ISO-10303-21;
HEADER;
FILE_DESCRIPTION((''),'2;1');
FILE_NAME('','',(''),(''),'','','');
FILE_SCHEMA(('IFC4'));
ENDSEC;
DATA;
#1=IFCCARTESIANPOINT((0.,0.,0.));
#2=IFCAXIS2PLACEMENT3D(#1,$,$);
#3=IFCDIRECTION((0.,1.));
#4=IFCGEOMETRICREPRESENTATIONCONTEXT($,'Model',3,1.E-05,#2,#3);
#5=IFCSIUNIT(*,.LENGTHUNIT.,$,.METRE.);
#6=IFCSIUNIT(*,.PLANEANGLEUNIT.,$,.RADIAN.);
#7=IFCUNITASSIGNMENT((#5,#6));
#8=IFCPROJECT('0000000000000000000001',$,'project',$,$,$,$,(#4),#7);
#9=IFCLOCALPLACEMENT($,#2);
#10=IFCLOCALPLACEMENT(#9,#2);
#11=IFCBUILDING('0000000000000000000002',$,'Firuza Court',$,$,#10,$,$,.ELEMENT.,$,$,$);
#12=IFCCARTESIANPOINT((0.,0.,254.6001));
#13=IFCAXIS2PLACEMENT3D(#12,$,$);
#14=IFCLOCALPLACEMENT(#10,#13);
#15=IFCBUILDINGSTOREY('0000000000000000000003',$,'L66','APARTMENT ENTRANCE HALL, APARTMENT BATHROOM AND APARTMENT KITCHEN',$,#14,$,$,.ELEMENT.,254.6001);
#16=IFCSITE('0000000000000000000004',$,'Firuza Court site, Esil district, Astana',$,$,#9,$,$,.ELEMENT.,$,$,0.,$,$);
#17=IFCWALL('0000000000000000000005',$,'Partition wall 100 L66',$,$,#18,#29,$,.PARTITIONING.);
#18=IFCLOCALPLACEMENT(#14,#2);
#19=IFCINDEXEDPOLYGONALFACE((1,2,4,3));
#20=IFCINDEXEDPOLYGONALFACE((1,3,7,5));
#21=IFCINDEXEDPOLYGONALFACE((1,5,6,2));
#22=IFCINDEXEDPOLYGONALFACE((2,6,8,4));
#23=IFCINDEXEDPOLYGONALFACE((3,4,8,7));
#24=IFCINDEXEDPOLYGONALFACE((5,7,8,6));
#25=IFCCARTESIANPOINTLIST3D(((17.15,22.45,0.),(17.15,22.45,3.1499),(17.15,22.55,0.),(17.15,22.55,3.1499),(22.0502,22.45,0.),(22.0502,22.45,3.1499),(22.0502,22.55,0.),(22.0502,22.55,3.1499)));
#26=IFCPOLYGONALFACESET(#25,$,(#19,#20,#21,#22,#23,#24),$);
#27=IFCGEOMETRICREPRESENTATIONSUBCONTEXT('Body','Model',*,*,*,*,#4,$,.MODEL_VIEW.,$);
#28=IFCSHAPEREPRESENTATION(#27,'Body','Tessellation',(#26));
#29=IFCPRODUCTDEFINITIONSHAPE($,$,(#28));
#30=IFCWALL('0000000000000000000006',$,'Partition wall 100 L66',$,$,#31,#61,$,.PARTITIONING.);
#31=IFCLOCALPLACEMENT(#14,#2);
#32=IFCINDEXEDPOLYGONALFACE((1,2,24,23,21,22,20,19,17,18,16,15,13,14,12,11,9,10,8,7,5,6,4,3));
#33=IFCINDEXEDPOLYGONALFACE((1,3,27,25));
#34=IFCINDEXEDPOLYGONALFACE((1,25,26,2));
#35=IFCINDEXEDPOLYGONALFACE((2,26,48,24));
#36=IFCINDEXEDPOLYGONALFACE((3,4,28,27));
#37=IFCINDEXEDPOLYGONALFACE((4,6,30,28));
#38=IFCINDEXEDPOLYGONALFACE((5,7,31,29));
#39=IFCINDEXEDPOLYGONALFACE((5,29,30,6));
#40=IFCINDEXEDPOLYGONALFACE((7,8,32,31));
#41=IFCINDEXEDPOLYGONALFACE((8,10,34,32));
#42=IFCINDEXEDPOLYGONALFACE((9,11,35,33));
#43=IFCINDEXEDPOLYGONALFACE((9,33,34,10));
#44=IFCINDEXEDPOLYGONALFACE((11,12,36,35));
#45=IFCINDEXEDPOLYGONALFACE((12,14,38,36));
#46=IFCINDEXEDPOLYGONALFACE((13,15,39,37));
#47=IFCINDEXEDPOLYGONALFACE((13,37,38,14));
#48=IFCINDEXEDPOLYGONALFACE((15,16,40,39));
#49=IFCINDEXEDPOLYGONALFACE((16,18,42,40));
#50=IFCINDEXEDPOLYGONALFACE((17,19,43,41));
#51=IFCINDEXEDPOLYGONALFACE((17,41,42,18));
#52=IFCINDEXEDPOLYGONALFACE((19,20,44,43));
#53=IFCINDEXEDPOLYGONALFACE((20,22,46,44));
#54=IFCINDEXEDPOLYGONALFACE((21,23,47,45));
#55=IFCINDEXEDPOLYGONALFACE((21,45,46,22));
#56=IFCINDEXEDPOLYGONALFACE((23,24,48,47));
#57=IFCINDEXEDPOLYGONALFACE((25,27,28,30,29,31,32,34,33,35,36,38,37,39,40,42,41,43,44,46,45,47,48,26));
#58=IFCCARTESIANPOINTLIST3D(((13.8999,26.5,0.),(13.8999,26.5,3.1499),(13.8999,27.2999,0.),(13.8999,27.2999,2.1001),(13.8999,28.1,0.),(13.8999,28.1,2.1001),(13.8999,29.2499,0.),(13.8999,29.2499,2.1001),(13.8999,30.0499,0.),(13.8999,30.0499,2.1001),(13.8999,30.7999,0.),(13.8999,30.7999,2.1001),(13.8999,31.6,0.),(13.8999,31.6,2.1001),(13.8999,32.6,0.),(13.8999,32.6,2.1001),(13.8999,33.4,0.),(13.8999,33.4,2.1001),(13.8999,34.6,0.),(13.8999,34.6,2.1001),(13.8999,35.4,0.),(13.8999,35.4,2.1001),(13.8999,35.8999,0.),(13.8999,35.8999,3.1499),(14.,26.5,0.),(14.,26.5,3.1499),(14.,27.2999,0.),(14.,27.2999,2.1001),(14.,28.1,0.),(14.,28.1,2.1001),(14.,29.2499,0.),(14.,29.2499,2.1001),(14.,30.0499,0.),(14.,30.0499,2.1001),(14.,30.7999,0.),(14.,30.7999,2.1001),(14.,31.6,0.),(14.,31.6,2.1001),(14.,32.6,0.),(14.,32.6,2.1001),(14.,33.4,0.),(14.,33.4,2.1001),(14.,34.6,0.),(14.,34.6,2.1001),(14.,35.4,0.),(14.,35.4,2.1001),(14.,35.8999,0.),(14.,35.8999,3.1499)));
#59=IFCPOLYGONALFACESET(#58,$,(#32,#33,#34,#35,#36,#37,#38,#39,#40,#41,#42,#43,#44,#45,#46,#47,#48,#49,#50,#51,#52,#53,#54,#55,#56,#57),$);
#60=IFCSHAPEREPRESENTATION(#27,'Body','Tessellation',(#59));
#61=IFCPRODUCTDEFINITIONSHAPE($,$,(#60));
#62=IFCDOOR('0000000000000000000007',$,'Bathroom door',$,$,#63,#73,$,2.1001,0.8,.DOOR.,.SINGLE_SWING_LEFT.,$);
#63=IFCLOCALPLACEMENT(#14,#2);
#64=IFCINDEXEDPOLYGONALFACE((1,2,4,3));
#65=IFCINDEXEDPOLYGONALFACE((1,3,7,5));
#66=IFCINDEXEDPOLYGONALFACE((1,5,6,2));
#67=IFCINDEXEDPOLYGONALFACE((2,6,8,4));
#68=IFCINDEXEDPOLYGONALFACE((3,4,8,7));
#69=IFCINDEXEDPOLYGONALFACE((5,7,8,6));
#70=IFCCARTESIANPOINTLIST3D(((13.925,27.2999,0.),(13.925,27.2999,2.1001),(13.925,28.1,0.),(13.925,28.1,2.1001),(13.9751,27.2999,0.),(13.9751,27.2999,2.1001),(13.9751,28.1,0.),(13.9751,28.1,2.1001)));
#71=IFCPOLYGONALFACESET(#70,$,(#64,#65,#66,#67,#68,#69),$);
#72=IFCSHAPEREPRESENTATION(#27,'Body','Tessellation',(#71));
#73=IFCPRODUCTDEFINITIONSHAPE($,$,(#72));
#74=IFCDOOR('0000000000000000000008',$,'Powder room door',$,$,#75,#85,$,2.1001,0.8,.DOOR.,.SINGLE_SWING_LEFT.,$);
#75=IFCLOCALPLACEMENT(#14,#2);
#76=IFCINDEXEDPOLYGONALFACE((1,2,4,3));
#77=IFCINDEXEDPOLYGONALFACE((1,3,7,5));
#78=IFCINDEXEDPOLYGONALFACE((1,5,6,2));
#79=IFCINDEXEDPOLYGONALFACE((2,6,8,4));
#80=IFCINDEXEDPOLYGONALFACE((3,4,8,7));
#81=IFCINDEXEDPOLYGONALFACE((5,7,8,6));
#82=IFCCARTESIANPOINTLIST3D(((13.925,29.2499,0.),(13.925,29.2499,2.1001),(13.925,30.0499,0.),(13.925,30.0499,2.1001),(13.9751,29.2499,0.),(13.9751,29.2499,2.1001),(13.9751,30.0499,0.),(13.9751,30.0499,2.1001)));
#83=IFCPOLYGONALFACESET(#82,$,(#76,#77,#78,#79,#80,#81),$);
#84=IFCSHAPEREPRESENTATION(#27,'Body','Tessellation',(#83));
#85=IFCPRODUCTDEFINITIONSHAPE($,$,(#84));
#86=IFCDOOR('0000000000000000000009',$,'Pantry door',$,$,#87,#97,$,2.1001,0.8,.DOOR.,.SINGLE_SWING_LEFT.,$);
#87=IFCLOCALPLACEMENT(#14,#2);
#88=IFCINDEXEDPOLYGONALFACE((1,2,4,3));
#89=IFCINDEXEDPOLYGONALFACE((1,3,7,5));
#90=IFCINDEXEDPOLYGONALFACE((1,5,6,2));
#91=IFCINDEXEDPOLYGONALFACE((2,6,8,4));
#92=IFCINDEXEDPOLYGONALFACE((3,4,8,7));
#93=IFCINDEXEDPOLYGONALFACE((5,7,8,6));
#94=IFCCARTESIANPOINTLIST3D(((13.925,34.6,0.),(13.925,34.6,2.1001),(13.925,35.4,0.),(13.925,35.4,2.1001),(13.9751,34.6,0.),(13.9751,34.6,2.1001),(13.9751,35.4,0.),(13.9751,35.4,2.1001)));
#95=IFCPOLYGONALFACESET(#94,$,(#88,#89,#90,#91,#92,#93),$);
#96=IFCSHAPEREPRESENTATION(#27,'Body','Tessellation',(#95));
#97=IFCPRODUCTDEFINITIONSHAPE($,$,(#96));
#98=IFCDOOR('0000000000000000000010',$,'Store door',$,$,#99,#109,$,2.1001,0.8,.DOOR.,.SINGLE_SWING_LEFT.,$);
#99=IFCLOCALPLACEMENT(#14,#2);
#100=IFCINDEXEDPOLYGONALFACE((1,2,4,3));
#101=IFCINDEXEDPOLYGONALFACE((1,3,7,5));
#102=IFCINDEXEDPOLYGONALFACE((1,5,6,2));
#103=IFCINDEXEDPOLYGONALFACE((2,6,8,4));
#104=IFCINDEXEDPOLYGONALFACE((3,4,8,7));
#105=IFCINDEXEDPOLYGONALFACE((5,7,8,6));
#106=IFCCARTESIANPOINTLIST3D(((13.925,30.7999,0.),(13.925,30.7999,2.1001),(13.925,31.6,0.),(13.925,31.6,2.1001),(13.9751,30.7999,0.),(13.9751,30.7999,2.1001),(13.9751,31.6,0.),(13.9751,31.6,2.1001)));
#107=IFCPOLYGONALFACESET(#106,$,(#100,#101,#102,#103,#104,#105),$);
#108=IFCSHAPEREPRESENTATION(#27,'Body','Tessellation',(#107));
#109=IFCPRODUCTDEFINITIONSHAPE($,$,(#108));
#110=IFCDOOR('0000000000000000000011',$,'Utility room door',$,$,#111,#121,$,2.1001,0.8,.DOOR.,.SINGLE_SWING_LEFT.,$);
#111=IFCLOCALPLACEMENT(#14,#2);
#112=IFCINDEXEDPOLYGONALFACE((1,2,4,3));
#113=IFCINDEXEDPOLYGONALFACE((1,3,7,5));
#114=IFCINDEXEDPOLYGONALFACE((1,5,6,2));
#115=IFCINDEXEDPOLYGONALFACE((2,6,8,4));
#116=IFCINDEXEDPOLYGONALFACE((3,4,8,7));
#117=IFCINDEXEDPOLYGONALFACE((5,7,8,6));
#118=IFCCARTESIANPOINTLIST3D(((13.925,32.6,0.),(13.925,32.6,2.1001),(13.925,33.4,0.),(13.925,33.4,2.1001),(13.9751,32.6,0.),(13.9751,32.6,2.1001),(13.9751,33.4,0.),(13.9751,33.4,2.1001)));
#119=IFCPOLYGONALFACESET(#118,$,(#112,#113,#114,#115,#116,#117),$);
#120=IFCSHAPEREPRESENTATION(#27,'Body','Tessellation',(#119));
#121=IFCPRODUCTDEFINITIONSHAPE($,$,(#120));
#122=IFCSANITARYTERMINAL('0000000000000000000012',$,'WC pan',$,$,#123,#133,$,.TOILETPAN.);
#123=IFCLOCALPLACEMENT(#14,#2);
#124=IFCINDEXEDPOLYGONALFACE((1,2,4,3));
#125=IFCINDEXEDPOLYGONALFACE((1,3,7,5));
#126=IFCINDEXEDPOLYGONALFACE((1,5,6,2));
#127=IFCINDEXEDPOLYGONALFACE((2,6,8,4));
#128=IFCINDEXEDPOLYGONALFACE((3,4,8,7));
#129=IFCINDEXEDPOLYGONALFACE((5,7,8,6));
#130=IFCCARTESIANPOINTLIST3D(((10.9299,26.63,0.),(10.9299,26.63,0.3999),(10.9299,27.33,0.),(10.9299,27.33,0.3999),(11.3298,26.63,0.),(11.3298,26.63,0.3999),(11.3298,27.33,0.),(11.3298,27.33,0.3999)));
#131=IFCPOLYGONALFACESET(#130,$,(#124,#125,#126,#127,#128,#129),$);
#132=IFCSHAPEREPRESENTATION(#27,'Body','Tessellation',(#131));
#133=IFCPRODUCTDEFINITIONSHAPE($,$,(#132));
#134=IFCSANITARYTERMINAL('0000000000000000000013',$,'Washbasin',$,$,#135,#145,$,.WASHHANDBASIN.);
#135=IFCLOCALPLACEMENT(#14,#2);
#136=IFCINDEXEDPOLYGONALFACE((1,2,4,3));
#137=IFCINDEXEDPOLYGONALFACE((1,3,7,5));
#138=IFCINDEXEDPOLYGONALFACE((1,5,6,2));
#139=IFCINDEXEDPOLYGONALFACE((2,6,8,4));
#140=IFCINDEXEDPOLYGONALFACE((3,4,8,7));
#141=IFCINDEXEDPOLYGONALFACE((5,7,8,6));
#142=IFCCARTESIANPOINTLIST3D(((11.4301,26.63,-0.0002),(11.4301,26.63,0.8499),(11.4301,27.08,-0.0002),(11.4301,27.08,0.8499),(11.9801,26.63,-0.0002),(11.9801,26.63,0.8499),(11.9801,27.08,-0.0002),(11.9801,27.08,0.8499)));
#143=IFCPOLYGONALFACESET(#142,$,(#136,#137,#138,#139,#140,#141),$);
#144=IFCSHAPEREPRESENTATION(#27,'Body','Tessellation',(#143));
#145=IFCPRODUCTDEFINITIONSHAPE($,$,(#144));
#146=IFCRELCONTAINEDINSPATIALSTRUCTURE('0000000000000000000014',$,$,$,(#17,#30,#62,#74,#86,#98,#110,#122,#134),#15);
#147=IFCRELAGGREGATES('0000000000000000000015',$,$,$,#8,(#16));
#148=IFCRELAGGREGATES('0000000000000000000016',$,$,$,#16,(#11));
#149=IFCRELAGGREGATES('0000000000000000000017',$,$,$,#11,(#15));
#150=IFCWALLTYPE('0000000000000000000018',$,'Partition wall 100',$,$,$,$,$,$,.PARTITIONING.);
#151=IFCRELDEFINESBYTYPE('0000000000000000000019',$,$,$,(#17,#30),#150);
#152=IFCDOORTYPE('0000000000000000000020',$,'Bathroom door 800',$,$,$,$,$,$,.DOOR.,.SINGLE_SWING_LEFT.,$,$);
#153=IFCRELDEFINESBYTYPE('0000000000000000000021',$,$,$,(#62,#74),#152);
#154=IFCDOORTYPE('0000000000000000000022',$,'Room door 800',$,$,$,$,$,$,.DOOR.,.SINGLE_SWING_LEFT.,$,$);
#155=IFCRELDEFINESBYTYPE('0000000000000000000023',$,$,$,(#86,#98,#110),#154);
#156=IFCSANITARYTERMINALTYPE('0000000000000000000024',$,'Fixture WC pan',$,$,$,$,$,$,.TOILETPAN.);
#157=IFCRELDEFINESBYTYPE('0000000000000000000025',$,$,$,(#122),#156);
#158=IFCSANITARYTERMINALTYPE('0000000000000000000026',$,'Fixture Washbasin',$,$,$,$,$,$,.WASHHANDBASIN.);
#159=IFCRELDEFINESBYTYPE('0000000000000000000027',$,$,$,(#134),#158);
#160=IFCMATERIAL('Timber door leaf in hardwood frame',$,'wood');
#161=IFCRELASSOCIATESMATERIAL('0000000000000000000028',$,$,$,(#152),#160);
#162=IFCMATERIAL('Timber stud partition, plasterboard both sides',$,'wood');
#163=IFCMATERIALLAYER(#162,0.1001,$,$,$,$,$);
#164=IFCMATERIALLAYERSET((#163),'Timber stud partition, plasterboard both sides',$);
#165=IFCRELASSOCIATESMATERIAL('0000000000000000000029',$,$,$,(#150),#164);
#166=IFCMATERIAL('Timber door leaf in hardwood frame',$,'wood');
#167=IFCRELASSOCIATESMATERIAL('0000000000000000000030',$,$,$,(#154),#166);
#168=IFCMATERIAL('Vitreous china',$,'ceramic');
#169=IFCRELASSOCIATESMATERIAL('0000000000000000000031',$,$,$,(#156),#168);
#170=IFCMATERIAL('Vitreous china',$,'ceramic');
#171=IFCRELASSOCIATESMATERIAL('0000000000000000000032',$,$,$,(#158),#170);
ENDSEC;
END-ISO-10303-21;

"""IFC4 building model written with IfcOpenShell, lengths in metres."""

from ifc_helpers import new_model, si_unit, direction, frame, frame_2d, origin, origin_2d, place, context, subcontext, project, spatial, rectangle, extrude, material, layer, layer_set, type_object, element, fill, save


model = new_model("IFC4")

# Units and contexts
model_context = context("Model", 3, precision=1e-05, world=origin(), true_north=direction((0.0, 1.0)))
body_context = subcontext(model_context, "Body", "Model", "MODEL_VIEW")
ifc_project = project(units=[si_unit("LENGTHUNIT", "METRE"), si_unit("PLANEANGLEUNIT", "RADIAN")], contexts=[model_context])

# Site, building, storey
site_placement = place(None, origin())
site = spatial("IfcSite", under=ifc_project, at=site_placement, Name="Firuza Court site, Esil district, Astana", CompositionType="ELEMENT", RefElevation=0.0)
building_placement = place(site_placement, origin())
building = spatial("IfcBuilding", under=site, at=building_placement, Name="Firuza Court", CompositionType="ELEMENT")
storey_placement = place(building_placement, frame((0.0, 0.0, 254.6001)))
storey = spatial("IfcBuildingStorey", under=building, at=storey_placement, Name="L66", Description="APARTMENT ENTRANCE HALL, APARTMENT BATHROOM AND APARTMENT KITCHEN", CompositionType="ELEMENT", Elevation=254.6001)

# Shared definitions
ifc_material_1 = material(Name="Timber door leaf in hardwood frame", Category="wood")
door_type_1 = type_object("IfcDoorType", Name="Bathroom door 800", OperationType="SINGLE_SWING_LEFT", PredefinedType="DOOR", material=ifc_material_1)

# Shared definitions
ifc_material_2 = material(Name="Timber stud partition, plasterboard both sides", Category="wood")
ifc_layer_1 = layer(ifc_material_2, 0.1001)
ifc_layer_set_1 = layer_set([ifc_layer_1], Name="Timber stud partition, plasterboard both sides")
wall_type_1 = type_object("IfcWallType", Name="Partition wall 100", PredefinedType="PARTITIONING", material=ifc_layer_set_1)

# Wall
wall_1_placement = place(storey_placement, frame((17.1499, 22.5, 0.0), z_axis=(0.0, 0.0, 1.0), x_axis=(1.0, 0.0, 0.0)))
element("IfcWall", 1, at=wall_1_placement, inside=storey, type_object=wall_type_1, Name="Partition wall 100 L66", PredefinedType="PARTITIONING", context=body_context, shape_type="SweptSolid", body=[
    extrude(rectangle(XDim=4.9001, YDim=0.1001, at=frame_2d((2.4502, 0.0))), origin(), (0.0, 0.0, 1.0), 3.1499),
])

# Wall, openings, doors
wall_2_placement = place(storey_placement, frame((13.95, 26.5, 0.0), z_axis=(0.0, 0.0, 1.0), x_axis=(0.0, 1.0, 0.0)))
wall_2 = element("IfcWall", 2, at=wall_2_placement, inside=storey, type_object=wall_type_1, Name="Partition wall 100 L66", PredefinedType="PARTITIONING", context=body_context, shape_type="SweptSolid", body=[
    extrude(rectangle(XDim=9.3999, YDim=0.1001, at=frame_2d((4.7, 0.0))), origin(), (0.0, 0.0, 1.0), 3.1499),
])
opening_1_placement = place(wall_2_placement, frame((0.8, 0.0, 0.0)))
opening_1 = element("IfcOpeningElement", 3, at=opening_1_placement, cuts=wall_2, PredefinedType="OPENING", context=body_context, shape_type="SweptSolid", body=[
    extrude(rectangle(XDim=0.8, YDim=2.1001, at=frame_2d((0.3999, 1.05))), frame((0.0, 0.062, 0.0), z_axis=(0.0, -1.0, 0.0), x_axis=(1.0, 0.0, 0.0)), (0.0, 0.0, 1.0), 0.124),
])
opening_2_placement = place(wall_2_placement, frame((8.1001, 0.0, 0.0)))
opening_2 = element("IfcOpeningElement", 4, at=opening_2_placement, cuts=wall_2, PredefinedType="OPENING", context=body_context, shape_type="SweptSolid", body=[
    extrude(rectangle(XDim=0.8, YDim=2.1001, at=frame_2d((0.3999, 1.05))), frame((0.0, 0.062, 0.0), z_axis=(0.0, -1.0, 0.0), x_axis=(1.0, 0.0, 0.0)), (0.0, 0.0, 1.0), 0.124),
])
opening_3_placement = place(wall_2_placement, frame((4.3, 0.0, 0.0)))
opening_3 = element("IfcOpeningElement", 5, at=opening_3_placement, cuts=wall_2, PredefinedType="OPENING", context=body_context, shape_type="SweptSolid", body=[
    extrude(rectangle(XDim=0.8, YDim=2.1001, at=frame_2d((0.3999, 1.05))), frame((0.0, 0.062, 0.0), z_axis=(0.0, -1.0, 0.0), x_axis=(1.0, 0.0, 0.0)), (0.0, 0.0, 1.0), 0.124),
])
opening_4_placement = place(wall_2_placement, frame((6.1001, 0.0, 0.0)))
opening_4 = element("IfcOpeningElement", 6, at=opening_4_placement, cuts=wall_2, PredefinedType="OPENING", context=body_context, shape_type="SweptSolid", body=[
    extrude(rectangle(XDim=0.8, YDim=2.1001, at=frame_2d((0.3999, 1.05))), frame((0.0, 0.062, 0.0), z_axis=(0.0, -1.0, 0.0), x_axis=(1.0, 0.0, 0.0)), (0.0, 0.0, 1.0), 0.124),
])
opening_5_placement = place(wall_2_placement, frame((2.75, 0.0, 0.0)))
opening_5 = element("IfcOpeningElement", 7, at=opening_5_placement, cuts=wall_2, PredefinedType="OPENING", context=body_context, shape_type="SweptSolid", body=[
    extrude(rectangle(XDim=0.8, YDim=2.1001, at=frame_2d((0.3999, 1.05))), frame((0.0, 0.062, 0.0), z_axis=(0.0, -1.0, 0.0), x_axis=(1.0, 0.0, 0.0)), (0.0, 0.0, 1.0), 0.124),
])
door_1_placement = place(opening_1_placement, origin())
door_1 = element("IfcDoor", 8, at=door_1_placement, inside=storey, type_object=door_type_1, Name="Bathroom door", OperationType="SINGLE_SWING_LEFT", OverallHeight=2.1001, OverallWidth=0.8, PredefinedType="DOOR", context=body_context, shape_type="SweptSolid", body=[
    extrude(rectangle(XDim=0.8, YDim=2.1001, at=frame_2d((0.3999, 1.05))), frame((0.0, 0.0249, 0.0), z_axis=(0.0, -1.0, 0.0), x_axis=(1.0, 0.0, 0.0)), (0.0, 0.0, 1.0), 0.05),
])
fill(opening_1, door_1)
door_2_placement = place(opening_5_placement, origin())
door_2 = element("IfcDoor", 9, at=door_2_placement, inside=storey, type_object=door_type_1, Name="Powder room door", OperationType="SINGLE_SWING_LEFT", OverallHeight=2.1001, OverallWidth=0.8, PredefinedType="DOOR", context=body_context, shape_type="SweptSolid", body=[
    extrude(rectangle(XDim=0.8, YDim=2.1001, at=frame_2d((0.3999, 1.05))), frame((0.0, 0.0249, 0.0), z_axis=(0.0, -1.0, 0.0), x_axis=(1.0, 0.0, 0.0)), (0.0, 0.0, 1.0), 0.05),
])
fill(opening_5, door_2)
ifc_material_3 = material(Name="Timber door leaf in hardwood frame", Category="wood")
door_type_2 = type_object("IfcDoorType", Name="Room door 800", OperationType="SINGLE_SWING_LEFT", PredefinedType="DOOR", material=ifc_material_3)
door_3_placement = place(opening_2_placement, origin())
door_3 = element("IfcDoor", 10, at=door_3_placement, inside=storey, type_object=door_type_2, Name="Pantry door", OperationType="SINGLE_SWING_LEFT", OverallHeight=2.1001, OverallWidth=0.8, PredefinedType="DOOR", context=body_context, shape_type="SweptSolid", body=[
    extrude(rectangle(XDim=0.8, YDim=2.1001, at=frame_2d((0.3999, 1.05))), frame((0.0, 0.0249, 0.0), z_axis=(0.0, -1.0, 0.0), x_axis=(1.0, 0.0, 0.0)), (0.0, 0.0, 1.0), 0.05),
])
fill(opening_2, door_3)
door_4_placement = place(opening_3_placement, origin())
door_4 = element("IfcDoor", 11, at=door_4_placement, inside=storey, type_object=door_type_2, Name="Store door", OperationType="SINGLE_SWING_LEFT", OverallHeight=2.1001, OverallWidth=0.8, PredefinedType="DOOR", context=body_context, shape_type="SweptSolid", body=[
    extrude(rectangle(XDim=0.8, YDim=2.1001, at=frame_2d((0.3999, 1.05))), frame((0.0, 0.0249, 0.0), z_axis=(0.0, -1.0, 0.0), x_axis=(1.0, 0.0, 0.0)), (0.0, 0.0, 1.0), 0.05),
])
fill(opening_3, door_4)
door_5_placement = place(opening_4_placement, origin())
door_5 = element("IfcDoor", 12, at=door_5_placement, inside=storey, type_object=door_type_2, Name="Utility room door", OperationType="SINGLE_SWING_LEFT", OverallHeight=2.1001, OverallWidth=0.8, PredefinedType="DOOR", context=body_context, shape_type="SweptSolid", body=[
    extrude(rectangle(XDim=0.8, YDim=2.1001, at=frame_2d((0.3999, 1.05))), frame((0.0, 0.0249, 0.0), z_axis=(0.0, -1.0, 0.0), x_axis=(1.0, 0.0, 0.0)), (0.0, 0.0, 1.0), 0.05),
])
fill(opening_4, door_5)

# Sanitary terminals
ifc_material_4 = material(Name="Vitreous china", Category="ceramic")
sanitary_terminal_type_1 = type_object("IfcSanitaryTerminalType", Name="Fixture WC pan", PredefinedType="TOILETPAN", material=ifc_material_4)
sanitary_terminal_1_placement = place(storey_placement, frame((11.1299, 26.98, 0.0), z_axis=(0.0, 0.0, 1.0), x_axis=(1.0, 0.0, 0.0)))
element("IfcSanitaryTerminal", 13, at=sanitary_terminal_1_placement, inside=storey, type_object=sanitary_terminal_type_1, Name="WC pan", PredefinedType="TOILETPAN", context=body_context, shape_type="SweptSolid", body=[
    extrude(rectangle(XDim=0.3999, YDim=0.7, at=origin_2d()), origin(), (0.0, 0.0, 1.0), 0.3999),
])
ifc_material_5 = material(Name="Vitreous china", Category="ceramic")
sanitary_terminal_type_2 = type_object("IfcSanitaryTerminalType", Name="Fixture Washbasin", PredefinedType="WASHHANDBASIN", material=ifc_material_5)
sanitary_terminal_2_placement = place(storey_placement, frame((11.7051, 26.855, -0.0002), z_axis=(0.0, 0.0, 1.0), x_axis=(1.0, 0.0, 0.0)))
element("IfcSanitaryTerminal", 14, at=sanitary_terminal_2_placement, inside=storey, type_object=sanitary_terminal_type_2, Name="Washbasin", PredefinedType="WASHHANDBASIN", context=body_context, shape_type="SweptSolid", body=[
    extrude(rectangle(XDim=0.55, YDim=0.45, at=origin_2d()), origin(), (0.0, 0.0, 1.0), 0.8501),
])

save(model, "model.ifc")
